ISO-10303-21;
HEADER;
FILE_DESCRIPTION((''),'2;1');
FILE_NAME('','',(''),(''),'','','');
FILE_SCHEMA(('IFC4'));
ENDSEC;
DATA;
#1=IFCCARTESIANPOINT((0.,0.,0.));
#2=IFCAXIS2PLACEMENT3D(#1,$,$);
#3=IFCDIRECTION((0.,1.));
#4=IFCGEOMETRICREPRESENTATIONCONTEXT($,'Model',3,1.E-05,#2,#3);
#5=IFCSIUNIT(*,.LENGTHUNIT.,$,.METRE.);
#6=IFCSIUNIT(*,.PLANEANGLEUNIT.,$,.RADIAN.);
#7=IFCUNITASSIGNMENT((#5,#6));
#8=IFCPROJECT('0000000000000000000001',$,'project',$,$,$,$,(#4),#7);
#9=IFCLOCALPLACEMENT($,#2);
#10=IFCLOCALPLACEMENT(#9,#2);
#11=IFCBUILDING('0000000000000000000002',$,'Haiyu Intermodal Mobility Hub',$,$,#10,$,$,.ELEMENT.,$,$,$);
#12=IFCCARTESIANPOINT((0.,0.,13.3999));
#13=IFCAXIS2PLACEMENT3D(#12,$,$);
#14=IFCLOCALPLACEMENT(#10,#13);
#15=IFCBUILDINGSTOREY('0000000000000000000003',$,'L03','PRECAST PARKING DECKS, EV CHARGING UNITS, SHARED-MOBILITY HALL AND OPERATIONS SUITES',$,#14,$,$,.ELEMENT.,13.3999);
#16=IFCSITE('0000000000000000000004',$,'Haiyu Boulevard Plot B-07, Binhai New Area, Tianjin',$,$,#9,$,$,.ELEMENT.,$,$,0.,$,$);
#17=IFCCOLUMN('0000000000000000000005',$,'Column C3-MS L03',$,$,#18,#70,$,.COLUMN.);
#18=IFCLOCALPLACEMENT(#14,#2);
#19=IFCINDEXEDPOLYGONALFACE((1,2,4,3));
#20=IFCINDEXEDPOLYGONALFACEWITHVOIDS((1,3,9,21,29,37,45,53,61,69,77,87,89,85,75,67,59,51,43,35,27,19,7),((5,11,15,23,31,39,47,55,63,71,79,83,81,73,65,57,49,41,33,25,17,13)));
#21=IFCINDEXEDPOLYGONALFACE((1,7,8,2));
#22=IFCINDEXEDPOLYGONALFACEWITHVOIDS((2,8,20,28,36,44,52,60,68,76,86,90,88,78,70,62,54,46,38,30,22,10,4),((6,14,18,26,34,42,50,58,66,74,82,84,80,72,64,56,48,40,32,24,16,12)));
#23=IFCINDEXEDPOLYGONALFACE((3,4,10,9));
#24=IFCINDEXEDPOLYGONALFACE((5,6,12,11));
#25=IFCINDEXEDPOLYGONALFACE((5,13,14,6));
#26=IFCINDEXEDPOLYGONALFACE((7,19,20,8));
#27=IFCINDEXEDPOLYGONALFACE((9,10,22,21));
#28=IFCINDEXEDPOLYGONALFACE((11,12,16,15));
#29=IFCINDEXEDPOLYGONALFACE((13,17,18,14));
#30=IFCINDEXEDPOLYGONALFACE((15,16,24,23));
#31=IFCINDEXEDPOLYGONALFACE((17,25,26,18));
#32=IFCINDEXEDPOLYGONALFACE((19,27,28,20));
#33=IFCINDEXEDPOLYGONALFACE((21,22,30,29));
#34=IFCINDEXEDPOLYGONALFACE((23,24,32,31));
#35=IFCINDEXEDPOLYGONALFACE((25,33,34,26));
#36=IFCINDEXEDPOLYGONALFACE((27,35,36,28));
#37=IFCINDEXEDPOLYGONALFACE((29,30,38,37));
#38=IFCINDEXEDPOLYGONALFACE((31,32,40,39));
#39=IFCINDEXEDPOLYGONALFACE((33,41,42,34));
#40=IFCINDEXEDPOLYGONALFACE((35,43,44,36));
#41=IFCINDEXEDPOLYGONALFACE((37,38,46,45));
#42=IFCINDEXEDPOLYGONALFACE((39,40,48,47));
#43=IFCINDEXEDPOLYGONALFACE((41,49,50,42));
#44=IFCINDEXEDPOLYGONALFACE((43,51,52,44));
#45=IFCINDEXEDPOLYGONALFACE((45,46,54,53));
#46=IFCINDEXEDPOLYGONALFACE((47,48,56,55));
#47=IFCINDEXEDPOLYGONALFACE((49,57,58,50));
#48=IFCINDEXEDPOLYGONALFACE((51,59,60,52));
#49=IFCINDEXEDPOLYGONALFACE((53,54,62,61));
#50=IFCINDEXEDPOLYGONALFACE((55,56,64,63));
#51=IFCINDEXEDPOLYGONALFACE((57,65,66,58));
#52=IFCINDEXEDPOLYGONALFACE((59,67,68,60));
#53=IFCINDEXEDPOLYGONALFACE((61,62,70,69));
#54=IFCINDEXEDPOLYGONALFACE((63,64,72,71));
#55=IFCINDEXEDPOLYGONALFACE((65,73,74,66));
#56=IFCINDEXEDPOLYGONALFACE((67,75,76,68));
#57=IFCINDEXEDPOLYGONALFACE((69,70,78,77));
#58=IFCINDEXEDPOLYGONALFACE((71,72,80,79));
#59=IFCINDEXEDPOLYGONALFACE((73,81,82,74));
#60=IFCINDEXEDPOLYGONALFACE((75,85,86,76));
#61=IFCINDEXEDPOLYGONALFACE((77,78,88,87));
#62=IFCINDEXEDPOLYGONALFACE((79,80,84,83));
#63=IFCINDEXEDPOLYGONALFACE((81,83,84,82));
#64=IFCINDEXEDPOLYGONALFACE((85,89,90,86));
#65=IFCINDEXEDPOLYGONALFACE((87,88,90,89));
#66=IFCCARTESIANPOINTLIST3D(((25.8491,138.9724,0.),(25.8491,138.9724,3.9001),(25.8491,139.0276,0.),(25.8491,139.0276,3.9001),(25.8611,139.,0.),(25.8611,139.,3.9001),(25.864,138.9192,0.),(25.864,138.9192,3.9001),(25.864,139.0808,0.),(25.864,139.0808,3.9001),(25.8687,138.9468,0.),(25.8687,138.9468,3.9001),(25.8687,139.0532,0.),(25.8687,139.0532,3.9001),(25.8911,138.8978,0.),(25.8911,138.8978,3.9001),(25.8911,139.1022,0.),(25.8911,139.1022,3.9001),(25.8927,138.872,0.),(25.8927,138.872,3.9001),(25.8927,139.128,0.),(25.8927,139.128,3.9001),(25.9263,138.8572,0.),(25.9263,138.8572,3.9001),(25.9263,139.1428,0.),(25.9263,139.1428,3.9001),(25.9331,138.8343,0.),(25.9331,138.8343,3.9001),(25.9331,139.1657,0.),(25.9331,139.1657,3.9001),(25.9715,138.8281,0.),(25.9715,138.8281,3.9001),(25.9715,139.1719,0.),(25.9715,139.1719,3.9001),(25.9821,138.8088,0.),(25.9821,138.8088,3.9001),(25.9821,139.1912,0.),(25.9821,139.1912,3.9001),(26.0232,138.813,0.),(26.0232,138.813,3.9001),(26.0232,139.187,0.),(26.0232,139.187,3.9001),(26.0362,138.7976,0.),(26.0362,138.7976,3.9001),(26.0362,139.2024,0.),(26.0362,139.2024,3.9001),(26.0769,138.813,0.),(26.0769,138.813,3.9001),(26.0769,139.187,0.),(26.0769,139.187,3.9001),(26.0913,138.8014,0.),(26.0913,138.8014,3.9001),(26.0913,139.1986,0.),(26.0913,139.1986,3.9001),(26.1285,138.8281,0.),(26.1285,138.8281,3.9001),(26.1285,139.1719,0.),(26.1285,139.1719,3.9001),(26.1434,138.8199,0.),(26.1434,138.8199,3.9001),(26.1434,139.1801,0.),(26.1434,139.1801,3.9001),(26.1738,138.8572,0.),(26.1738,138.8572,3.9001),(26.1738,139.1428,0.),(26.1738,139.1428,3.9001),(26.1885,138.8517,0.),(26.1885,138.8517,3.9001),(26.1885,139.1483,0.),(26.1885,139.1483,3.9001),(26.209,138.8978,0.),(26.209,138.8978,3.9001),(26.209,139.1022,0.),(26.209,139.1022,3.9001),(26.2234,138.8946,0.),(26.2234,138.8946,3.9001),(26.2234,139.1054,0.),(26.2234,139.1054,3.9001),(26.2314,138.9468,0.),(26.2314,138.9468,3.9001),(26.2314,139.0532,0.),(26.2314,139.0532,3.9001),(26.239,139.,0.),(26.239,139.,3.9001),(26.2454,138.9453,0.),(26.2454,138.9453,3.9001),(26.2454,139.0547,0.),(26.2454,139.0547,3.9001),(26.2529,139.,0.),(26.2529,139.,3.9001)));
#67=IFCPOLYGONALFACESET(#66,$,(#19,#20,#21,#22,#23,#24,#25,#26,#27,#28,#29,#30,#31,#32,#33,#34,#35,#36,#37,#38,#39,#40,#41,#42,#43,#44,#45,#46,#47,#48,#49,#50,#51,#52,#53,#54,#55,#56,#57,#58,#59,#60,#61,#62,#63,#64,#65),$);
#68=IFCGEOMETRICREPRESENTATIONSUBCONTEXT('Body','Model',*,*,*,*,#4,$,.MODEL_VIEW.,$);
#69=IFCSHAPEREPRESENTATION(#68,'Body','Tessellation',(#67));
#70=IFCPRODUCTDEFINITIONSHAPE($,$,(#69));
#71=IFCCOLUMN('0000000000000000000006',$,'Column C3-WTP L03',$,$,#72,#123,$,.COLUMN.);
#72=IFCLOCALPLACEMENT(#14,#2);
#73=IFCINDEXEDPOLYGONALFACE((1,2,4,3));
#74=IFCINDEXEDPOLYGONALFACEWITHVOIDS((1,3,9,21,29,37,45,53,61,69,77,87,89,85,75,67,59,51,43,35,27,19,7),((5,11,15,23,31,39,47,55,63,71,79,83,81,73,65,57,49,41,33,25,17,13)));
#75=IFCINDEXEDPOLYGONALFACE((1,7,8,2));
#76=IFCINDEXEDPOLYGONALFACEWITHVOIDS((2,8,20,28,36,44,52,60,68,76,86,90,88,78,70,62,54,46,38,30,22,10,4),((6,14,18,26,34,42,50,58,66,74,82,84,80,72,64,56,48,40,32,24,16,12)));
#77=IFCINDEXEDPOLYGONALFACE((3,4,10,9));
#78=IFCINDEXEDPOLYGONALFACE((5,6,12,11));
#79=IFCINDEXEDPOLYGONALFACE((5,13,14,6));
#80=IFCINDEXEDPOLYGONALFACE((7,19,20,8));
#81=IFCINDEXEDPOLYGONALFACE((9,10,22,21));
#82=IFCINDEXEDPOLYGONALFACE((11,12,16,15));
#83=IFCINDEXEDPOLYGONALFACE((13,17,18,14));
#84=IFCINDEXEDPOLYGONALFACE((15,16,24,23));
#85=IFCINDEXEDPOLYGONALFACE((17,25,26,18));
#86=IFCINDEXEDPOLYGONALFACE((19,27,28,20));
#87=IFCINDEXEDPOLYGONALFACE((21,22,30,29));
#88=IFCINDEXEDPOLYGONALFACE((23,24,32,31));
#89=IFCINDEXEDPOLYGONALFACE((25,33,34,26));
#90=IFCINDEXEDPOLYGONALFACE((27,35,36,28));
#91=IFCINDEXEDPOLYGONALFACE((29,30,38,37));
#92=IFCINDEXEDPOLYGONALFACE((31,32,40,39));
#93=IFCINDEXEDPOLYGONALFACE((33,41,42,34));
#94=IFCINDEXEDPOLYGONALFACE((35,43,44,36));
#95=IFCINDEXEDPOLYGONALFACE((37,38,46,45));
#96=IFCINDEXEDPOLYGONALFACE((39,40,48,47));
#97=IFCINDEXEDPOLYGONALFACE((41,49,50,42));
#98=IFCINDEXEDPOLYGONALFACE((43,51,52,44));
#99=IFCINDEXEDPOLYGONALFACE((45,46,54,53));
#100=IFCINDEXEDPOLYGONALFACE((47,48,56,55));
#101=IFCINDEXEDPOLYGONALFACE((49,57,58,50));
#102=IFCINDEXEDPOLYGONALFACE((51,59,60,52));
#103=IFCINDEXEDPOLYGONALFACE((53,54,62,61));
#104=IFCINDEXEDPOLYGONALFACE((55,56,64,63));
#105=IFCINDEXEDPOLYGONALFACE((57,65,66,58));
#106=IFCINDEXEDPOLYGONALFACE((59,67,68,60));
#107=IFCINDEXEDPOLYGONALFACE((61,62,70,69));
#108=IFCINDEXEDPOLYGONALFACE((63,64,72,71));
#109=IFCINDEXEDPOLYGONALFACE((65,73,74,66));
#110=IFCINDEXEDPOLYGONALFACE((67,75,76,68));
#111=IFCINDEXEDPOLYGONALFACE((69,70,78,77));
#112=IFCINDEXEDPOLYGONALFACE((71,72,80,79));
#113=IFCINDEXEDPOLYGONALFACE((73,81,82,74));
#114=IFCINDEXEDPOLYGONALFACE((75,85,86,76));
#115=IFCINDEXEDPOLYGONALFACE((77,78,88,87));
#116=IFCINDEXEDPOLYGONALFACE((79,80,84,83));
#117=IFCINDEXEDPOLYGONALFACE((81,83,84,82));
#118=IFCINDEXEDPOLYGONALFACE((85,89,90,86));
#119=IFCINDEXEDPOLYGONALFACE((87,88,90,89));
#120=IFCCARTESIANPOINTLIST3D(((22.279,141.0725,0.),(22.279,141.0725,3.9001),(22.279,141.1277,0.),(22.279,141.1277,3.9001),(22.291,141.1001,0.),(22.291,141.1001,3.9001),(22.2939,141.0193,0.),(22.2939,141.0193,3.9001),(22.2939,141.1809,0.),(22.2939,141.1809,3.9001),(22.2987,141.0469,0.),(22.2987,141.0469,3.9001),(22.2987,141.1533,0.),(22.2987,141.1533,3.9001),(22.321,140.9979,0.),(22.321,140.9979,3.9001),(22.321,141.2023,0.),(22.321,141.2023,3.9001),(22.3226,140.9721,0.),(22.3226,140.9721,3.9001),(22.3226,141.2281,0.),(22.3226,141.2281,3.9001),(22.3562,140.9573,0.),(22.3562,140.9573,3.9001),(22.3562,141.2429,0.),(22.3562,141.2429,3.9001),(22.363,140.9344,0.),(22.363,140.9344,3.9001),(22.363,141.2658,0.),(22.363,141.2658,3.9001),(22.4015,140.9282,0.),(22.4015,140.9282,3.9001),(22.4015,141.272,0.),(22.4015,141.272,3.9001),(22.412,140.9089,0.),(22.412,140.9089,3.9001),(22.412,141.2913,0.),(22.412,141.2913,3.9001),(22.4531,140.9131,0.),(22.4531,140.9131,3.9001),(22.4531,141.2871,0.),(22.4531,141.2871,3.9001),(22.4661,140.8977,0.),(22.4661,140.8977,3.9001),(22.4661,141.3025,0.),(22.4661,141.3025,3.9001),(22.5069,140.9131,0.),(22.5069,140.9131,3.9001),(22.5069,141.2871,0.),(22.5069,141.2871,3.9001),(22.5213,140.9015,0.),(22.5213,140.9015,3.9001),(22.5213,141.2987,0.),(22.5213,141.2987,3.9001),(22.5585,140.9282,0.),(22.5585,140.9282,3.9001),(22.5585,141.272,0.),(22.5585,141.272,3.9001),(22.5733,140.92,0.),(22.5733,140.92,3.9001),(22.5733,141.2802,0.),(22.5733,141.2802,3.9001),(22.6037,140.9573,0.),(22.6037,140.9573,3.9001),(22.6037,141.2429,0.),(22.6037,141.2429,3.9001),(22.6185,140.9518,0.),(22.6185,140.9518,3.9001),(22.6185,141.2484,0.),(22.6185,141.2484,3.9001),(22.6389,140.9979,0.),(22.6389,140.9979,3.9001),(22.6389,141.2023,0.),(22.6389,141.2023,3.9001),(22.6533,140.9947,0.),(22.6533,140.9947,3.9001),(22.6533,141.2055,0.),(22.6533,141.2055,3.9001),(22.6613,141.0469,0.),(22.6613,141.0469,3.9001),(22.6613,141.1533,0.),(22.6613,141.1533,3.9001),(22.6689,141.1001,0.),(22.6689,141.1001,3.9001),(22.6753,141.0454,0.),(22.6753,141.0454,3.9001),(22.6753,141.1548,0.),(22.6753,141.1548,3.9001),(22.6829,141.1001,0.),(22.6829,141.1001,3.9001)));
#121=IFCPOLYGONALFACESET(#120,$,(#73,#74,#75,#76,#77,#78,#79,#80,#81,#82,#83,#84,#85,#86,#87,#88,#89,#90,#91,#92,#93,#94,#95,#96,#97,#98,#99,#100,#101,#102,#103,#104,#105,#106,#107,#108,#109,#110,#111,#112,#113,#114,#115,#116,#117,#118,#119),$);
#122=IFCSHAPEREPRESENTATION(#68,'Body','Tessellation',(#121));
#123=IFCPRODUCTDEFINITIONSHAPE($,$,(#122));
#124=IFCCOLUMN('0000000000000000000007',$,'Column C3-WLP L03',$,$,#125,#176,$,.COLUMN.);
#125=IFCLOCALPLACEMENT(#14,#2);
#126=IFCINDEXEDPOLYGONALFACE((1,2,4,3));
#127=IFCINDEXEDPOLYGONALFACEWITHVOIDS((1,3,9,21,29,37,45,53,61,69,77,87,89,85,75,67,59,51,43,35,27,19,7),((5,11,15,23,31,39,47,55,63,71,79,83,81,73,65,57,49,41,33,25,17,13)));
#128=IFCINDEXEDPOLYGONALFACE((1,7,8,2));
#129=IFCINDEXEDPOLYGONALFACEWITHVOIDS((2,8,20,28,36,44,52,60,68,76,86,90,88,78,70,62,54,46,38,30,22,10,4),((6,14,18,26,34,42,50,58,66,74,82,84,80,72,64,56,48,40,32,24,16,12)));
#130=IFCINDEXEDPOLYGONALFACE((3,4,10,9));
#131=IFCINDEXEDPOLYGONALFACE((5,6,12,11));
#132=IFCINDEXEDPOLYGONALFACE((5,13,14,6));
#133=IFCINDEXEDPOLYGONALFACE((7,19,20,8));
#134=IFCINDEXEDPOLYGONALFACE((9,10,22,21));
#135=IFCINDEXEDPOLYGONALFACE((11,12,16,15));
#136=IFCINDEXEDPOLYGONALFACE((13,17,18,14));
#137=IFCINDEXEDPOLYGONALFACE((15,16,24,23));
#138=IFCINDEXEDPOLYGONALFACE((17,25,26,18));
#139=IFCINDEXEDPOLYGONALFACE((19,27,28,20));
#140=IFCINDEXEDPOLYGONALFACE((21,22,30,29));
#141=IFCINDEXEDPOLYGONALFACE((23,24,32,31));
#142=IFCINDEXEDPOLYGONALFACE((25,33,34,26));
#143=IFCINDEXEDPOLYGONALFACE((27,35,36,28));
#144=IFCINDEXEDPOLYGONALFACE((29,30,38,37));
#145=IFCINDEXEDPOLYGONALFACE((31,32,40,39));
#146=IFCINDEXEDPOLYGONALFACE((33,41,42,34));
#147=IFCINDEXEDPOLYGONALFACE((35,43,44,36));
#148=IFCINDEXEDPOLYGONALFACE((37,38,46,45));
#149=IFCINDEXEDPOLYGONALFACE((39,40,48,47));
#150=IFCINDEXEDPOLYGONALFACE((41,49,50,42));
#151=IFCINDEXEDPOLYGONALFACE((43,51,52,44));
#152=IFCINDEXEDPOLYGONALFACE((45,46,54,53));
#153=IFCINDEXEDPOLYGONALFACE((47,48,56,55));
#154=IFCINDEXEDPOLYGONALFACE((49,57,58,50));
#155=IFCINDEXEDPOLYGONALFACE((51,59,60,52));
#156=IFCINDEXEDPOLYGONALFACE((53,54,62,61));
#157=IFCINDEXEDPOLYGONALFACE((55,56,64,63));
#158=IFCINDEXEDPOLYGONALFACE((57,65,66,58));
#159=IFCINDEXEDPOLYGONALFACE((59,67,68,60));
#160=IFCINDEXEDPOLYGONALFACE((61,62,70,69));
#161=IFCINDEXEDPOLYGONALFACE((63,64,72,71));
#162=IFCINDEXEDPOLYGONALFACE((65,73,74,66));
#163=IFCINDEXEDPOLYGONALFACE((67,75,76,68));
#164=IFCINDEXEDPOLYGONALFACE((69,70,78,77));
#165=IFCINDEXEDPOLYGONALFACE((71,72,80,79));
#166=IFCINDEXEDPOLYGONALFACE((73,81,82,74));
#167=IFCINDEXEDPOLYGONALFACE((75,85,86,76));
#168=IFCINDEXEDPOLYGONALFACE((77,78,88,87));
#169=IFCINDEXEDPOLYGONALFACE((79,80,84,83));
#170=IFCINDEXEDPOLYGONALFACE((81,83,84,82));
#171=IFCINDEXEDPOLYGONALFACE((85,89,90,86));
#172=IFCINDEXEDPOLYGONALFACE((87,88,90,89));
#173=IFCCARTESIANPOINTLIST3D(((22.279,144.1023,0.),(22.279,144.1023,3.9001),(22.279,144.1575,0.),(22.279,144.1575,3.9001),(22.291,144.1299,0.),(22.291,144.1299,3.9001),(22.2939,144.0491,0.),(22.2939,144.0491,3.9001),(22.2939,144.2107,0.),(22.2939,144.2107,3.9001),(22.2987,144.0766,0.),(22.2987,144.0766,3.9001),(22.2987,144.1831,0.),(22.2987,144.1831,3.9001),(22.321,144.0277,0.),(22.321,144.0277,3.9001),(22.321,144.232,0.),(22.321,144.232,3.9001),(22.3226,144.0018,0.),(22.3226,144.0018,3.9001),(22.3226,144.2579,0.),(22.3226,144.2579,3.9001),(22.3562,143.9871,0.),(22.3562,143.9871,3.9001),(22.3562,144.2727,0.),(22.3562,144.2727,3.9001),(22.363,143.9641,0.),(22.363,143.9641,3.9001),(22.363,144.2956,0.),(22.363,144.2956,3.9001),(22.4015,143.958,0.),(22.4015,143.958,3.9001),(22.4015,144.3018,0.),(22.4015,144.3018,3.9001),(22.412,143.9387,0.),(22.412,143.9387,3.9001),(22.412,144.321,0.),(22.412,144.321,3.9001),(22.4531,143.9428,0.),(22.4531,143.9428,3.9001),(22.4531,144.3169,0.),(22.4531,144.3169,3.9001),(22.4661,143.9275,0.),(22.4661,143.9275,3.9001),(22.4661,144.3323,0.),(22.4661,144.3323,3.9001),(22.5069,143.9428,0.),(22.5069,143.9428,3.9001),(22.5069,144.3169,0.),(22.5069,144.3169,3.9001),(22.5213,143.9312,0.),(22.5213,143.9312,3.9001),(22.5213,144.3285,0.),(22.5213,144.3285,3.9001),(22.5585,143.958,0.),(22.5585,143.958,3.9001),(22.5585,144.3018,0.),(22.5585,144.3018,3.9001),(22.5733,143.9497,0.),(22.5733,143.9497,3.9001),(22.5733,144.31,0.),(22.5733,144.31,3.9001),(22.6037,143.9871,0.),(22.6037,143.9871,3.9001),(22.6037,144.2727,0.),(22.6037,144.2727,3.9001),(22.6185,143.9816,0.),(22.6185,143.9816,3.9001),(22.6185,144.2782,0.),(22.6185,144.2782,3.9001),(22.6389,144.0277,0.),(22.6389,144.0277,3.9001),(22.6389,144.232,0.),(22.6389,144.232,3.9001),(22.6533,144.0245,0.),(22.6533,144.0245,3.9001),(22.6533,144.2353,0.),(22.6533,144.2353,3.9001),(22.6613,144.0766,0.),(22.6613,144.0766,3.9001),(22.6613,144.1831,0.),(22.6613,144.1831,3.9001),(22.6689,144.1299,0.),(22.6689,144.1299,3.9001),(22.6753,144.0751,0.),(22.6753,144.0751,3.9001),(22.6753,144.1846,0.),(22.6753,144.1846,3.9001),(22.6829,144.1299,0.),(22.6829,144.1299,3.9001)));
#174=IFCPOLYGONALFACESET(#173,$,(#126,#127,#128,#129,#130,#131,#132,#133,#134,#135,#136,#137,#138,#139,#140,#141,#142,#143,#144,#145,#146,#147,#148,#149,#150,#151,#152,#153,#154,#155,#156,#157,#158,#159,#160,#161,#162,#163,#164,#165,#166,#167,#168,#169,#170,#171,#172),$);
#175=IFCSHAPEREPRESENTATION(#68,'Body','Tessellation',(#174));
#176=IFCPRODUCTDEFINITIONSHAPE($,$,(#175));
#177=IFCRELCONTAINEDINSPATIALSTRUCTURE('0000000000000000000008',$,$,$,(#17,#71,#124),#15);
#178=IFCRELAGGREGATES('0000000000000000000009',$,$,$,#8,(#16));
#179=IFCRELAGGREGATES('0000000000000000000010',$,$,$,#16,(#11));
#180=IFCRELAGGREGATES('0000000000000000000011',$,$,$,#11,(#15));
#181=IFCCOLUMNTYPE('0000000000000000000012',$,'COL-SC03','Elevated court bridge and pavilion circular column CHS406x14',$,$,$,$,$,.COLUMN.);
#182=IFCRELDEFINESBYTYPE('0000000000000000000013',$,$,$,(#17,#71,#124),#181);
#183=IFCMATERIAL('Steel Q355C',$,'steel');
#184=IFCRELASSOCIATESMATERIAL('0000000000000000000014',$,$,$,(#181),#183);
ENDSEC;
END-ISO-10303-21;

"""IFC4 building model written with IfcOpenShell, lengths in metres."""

from ifc_helpers import new_model, si_unit, direction, frame, origin, origin_2d, place, context, subcontext, project, spatial, hollow_circle, extrude, material, material_profile, profile_set, type_object, element, save


model = new_model("IFC4")

# Units and contexts
model_context = context("Model", 3, precision=1e-05, world=origin(), true_north=direction((0.0, 1.0)))
body_context = subcontext(model_context, "Body", "Model", "MODEL_VIEW")
ifc_project = project(units=[si_unit("LENGTHUNIT", "METRE"), si_unit("PLANEANGLEUNIT", "RADIAN")], contexts=[model_context])

# Site, building, storey
site_placement = place(None, origin())
site = spatial("IfcSite", under=ifc_project, at=site_placement, Name="Haiyu Boulevard Plot B-07, Binhai New Area, Tianjin", CompositionType="ELEMENT", RefElevation=0.0)
building_placement = place(site_placement, origin())
building = spatial("IfcBuilding", under=site, at=building_placement, Name="Haiyu Intermodal Mobility Hub", CompositionType="ELEMENT")
storey_placement = place(building_placement, frame((0.0, 0.0, 13.3999)))
storey = spatial("IfcBuildingStorey", under=building, at=storey_placement, Name="L03", Description="PRECAST PARKING DECKS, EV CHARGING UNITS, SHARED-MOBILITY HALL AND OPERATIONS SUITES", CompositionType="ELEMENT", Elevation=13.3999)

# Columns
ifc_material_1 = material(Name="Steel Q355C", Category="steel")
ifc_material_profile_1 = material_profile(ifc_material_1, hollow_circle(Radius=0.2029, WallThickness=0.0139, at=origin_2d()), Name="CHS406x14")
ifc_profile_set_1 = profile_set([ifc_material_profile_1], Name="Steel Q355C")
column_type_1 = type_object("IfcColumnType", Name="COL-SC03", Description="Elevated court bridge and pavilion circular column CHS406x14", PredefinedType="COLUMN", material=ifc_profile_set_1)
for number, where, z_axis, x_axis, name in (
    (1, (26.05, 139.0, 0.0), (0.0, 0.0, 1.0), (1.0, 0.0, 0.0), "Column C3-MS L03"),
    (2, (22.48, 141.1001, 0.0), (0.0, 0.0, 1.0), (1.0, 0.0, 0.0), "Column C3-WTP L03"),
    (3, (22.48, 144.1299, 0.0), (0.0, 0.0, 1.0), (1.0, 0.0, 0.0), "Column C3-WLP L03"),
):
    element("IfcColumn", number, at=place(storey_placement, frame(where, z_axis=z_axis, x_axis=x_axis)), inside=storey, type_object=column_type_1, Name=name, PredefinedType="COLUMN", context=body_context, shape_type="SweptSolid", body=[
        extrude(hollow_circle(Radius=0.2029, WallThickness=0.0139, at=origin_2d()), origin(), (0.0, 0.0, 1.0), 3.9001),
    ])

save(model, "model.ifc")
